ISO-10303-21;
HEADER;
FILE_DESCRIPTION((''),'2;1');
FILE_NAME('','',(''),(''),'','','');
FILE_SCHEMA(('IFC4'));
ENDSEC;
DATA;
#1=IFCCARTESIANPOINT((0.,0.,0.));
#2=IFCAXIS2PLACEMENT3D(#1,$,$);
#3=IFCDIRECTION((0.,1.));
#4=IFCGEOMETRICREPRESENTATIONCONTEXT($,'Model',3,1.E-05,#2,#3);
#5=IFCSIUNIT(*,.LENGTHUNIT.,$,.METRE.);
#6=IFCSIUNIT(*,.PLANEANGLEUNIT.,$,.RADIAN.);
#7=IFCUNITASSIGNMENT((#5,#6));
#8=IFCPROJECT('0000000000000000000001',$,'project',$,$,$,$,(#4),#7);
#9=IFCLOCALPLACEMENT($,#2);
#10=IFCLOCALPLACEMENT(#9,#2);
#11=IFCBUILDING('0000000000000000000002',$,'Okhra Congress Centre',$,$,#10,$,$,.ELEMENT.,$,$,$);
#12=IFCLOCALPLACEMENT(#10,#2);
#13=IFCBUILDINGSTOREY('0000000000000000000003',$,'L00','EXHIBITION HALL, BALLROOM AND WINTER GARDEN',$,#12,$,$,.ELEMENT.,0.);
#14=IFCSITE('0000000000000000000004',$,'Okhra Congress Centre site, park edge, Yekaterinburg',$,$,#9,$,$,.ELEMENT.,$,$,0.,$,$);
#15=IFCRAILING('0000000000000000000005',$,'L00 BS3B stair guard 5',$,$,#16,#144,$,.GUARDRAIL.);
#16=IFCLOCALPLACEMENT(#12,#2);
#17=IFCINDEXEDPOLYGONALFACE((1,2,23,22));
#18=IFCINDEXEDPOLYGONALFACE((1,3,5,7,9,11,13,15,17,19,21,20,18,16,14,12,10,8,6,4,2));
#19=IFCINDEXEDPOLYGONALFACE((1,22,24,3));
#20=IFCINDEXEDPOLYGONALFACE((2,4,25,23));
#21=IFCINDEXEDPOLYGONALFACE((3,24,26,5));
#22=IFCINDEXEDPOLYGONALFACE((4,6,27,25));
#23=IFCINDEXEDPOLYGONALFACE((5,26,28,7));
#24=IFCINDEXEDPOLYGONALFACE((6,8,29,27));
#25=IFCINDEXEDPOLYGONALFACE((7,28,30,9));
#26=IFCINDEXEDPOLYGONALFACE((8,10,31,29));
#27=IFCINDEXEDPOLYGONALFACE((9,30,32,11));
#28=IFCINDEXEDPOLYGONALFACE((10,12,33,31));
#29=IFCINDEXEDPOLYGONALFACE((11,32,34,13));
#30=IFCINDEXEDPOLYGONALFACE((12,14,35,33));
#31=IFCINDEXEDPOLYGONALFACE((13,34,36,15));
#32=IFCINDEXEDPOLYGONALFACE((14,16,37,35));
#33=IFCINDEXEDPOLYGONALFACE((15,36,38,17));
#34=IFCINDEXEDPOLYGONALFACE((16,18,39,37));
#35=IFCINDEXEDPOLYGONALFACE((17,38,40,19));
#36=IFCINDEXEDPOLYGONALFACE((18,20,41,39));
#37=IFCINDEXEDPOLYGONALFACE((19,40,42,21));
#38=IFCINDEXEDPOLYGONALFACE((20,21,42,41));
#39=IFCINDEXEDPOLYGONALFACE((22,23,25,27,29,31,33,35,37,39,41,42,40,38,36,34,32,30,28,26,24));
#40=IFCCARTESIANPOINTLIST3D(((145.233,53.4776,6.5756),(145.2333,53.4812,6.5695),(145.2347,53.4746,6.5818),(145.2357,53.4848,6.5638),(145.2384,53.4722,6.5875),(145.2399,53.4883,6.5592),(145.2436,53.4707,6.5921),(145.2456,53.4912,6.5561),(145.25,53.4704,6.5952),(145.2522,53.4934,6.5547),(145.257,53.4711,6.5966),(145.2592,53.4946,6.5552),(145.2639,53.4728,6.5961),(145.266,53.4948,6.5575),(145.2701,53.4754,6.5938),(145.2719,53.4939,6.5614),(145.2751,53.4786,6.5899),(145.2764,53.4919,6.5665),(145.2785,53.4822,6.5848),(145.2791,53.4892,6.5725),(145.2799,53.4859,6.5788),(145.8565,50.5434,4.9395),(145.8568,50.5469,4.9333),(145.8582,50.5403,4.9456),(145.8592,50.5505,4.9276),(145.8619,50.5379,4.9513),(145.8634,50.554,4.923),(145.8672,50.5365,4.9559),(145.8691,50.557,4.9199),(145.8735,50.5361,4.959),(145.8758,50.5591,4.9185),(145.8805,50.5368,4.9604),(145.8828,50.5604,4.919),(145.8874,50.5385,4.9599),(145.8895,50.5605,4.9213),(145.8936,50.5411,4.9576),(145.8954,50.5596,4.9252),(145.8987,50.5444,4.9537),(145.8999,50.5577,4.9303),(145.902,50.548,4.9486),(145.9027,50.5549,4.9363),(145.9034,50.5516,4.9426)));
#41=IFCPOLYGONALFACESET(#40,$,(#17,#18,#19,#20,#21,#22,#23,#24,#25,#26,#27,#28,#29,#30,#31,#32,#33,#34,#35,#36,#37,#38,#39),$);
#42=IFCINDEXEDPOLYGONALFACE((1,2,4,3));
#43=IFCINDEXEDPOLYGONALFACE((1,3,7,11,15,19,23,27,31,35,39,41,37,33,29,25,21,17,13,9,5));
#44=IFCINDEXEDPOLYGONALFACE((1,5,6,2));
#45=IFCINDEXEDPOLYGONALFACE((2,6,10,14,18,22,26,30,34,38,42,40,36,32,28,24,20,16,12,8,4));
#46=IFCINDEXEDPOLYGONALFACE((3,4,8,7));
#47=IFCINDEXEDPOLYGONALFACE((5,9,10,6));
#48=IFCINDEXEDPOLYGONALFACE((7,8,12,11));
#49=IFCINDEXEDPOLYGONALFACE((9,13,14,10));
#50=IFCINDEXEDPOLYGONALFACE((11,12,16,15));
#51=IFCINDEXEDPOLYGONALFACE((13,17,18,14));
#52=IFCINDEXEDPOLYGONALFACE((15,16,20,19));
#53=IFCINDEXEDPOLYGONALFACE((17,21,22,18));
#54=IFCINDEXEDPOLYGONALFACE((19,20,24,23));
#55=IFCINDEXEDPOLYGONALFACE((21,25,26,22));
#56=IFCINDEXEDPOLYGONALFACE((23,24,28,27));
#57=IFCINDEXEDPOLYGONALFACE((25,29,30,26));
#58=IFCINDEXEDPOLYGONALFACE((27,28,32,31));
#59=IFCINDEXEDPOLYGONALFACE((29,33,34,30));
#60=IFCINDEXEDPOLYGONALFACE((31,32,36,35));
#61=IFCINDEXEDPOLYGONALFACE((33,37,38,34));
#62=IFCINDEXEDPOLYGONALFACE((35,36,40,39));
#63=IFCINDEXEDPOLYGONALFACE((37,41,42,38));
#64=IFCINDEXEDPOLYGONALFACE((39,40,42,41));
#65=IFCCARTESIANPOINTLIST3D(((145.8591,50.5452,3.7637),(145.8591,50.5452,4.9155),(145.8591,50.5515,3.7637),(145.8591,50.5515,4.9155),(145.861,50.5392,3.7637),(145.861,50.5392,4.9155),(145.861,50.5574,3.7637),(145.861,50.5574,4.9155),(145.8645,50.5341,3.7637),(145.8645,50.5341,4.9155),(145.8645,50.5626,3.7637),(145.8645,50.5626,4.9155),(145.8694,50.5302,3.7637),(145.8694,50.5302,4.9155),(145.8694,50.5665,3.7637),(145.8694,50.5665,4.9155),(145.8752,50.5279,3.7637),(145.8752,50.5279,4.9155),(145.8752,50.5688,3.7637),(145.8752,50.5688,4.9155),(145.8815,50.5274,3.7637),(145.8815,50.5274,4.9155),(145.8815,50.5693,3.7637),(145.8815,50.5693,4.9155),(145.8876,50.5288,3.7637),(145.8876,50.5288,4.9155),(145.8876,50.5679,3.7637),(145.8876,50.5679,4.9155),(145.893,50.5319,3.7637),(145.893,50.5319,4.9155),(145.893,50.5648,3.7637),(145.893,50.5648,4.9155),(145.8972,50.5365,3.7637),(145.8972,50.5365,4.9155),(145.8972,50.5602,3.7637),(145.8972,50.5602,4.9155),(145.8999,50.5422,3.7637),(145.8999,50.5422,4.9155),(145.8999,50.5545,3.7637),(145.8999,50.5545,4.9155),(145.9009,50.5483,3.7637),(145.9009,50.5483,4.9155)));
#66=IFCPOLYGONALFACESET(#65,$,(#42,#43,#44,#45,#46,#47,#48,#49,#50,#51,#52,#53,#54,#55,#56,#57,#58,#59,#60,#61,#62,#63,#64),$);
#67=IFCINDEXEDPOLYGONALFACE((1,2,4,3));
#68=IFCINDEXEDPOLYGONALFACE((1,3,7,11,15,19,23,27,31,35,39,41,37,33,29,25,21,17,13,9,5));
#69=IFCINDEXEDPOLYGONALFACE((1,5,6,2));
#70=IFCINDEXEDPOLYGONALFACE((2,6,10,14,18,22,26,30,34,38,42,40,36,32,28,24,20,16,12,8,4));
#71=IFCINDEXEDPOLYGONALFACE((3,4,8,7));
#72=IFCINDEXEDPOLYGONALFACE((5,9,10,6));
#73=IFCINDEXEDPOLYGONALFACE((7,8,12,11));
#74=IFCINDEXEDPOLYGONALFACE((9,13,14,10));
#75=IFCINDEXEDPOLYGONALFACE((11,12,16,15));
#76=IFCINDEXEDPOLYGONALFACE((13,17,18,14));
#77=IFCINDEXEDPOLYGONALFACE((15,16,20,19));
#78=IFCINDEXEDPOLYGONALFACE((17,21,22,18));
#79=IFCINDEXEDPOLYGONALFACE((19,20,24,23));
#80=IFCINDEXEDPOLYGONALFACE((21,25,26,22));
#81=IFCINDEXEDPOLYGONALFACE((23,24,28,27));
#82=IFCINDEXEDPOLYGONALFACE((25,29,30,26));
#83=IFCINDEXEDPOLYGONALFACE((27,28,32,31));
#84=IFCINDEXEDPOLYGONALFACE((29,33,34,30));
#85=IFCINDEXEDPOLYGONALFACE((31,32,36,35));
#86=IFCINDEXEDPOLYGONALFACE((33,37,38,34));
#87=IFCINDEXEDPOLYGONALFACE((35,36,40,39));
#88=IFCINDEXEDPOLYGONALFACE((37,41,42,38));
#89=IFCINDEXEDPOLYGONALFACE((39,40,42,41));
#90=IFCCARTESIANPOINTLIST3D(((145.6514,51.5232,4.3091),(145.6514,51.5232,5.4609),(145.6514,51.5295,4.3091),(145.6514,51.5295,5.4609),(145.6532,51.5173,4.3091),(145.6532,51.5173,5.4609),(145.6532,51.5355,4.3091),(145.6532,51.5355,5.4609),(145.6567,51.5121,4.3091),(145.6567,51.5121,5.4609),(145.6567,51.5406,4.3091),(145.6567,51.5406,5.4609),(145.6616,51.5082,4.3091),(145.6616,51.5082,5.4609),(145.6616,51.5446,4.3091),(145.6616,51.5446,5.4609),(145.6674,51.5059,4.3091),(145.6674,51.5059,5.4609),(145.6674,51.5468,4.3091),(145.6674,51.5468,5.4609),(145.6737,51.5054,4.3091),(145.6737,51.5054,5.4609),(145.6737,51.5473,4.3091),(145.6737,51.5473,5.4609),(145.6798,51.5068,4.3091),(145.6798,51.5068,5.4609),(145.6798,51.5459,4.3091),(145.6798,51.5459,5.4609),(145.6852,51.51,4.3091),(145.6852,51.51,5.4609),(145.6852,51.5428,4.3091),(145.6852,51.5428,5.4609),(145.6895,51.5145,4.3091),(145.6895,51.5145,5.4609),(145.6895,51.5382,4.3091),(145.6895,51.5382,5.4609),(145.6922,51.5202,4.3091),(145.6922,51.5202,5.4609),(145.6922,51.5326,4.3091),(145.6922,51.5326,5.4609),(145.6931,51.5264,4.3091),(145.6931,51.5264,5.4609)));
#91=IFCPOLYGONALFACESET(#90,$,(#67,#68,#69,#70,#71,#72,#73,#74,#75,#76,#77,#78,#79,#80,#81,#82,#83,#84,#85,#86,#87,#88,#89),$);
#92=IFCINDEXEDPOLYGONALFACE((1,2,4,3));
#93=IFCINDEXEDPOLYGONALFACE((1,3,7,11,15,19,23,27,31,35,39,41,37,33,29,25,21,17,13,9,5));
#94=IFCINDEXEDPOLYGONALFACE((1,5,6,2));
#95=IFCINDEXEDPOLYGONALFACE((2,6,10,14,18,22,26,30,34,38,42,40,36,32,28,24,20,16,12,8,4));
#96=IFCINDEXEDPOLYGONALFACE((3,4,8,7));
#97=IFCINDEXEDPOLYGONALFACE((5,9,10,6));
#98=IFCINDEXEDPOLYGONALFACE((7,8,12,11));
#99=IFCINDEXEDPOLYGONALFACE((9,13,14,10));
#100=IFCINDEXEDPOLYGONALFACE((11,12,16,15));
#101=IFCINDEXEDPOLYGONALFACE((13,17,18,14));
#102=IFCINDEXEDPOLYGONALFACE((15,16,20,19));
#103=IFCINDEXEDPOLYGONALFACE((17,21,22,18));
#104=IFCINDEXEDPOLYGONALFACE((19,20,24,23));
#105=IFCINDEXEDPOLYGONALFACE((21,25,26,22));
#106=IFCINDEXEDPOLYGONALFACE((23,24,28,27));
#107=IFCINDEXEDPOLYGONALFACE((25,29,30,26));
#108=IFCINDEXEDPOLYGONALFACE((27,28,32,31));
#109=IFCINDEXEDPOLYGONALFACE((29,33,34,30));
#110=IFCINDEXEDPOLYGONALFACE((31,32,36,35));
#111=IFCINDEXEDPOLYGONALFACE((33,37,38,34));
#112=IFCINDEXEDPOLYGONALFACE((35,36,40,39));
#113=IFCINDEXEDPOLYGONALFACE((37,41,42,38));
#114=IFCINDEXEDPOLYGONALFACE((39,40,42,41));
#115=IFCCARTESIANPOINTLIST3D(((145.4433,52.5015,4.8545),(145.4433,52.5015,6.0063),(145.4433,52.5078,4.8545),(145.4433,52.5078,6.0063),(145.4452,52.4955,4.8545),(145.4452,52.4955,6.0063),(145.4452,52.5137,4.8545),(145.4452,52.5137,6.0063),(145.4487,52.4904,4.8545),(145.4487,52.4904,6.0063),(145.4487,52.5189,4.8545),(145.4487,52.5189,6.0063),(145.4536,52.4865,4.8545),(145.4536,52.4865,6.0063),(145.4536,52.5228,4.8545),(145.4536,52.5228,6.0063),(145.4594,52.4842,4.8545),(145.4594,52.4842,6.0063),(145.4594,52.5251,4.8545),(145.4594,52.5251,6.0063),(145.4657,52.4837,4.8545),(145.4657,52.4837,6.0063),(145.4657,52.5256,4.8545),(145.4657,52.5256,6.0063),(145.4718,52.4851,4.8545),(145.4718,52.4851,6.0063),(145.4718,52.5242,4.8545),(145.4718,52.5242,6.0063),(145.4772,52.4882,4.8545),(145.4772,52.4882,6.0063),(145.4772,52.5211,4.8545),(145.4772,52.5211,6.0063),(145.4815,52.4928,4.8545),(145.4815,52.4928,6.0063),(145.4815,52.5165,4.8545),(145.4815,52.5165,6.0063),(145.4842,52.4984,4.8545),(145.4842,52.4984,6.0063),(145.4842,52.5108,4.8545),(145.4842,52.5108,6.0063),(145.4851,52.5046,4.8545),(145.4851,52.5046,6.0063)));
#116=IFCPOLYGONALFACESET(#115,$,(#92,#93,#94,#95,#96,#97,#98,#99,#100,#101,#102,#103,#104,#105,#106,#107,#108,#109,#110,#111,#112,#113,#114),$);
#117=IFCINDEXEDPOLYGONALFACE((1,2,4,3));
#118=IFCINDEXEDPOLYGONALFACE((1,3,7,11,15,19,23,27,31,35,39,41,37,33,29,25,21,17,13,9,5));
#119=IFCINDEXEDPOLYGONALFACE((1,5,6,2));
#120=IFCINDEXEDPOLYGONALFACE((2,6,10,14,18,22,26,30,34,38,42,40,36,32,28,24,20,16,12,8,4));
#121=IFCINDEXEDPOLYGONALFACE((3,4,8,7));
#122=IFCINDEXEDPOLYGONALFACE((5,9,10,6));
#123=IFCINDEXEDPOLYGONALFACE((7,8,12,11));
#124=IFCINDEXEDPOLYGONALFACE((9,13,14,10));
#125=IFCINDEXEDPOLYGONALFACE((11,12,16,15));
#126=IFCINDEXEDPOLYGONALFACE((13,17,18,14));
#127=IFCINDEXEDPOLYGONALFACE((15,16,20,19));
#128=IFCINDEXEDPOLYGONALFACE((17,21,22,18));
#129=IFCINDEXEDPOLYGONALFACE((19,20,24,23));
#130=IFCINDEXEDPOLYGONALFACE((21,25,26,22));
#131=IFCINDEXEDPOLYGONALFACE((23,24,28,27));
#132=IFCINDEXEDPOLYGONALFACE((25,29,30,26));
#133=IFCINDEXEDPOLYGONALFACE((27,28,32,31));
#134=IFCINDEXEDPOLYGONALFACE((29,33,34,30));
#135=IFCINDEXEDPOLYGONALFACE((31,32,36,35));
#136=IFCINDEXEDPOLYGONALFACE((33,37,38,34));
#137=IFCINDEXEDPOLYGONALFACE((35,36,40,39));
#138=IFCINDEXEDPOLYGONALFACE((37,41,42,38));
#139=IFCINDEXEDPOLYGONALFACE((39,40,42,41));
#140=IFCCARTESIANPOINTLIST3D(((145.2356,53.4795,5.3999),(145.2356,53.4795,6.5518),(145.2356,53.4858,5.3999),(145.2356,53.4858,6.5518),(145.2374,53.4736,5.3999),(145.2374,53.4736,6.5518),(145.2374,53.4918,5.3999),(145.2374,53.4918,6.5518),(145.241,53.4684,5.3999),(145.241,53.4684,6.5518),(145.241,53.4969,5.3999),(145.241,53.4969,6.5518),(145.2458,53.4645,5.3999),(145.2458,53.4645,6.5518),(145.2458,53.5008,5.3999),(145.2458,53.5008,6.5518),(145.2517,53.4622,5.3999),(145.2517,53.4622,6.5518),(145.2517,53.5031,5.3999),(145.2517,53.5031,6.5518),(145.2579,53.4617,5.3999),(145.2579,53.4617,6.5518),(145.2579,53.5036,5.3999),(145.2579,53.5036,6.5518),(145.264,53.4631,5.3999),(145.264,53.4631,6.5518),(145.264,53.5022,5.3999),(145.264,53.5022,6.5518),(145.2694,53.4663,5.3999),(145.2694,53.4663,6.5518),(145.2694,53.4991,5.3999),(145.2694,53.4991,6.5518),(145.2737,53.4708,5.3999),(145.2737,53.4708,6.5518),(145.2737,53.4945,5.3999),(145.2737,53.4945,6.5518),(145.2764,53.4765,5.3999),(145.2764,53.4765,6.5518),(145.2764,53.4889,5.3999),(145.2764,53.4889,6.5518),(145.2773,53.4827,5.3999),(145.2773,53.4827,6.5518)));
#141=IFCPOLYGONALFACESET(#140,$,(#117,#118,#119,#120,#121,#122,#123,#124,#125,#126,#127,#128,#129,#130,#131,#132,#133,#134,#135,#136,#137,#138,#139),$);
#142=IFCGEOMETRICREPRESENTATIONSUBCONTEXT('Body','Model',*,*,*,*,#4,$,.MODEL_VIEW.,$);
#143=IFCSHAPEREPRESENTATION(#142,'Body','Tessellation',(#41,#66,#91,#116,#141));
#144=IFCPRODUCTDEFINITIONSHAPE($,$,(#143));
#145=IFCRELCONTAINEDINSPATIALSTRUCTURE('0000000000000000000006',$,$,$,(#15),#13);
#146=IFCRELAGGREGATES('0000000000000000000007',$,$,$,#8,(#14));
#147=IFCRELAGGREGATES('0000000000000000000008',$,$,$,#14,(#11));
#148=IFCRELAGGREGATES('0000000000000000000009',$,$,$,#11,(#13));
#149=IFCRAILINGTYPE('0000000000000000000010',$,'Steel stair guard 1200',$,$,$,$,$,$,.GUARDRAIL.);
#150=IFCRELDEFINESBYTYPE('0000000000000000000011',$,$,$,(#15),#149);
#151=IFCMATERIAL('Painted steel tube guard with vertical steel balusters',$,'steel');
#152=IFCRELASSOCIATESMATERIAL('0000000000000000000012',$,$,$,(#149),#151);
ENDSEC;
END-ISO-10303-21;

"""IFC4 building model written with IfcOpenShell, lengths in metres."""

from ifc_helpers import new_model, si_unit, direction, frame, origin, origin_2d, place, context, subcontext, project, spatial, circle, extrude, material, type_object, element, save


model = new_model("IFC4")

# Units and contexts
model_context = context("Model", 3, precision=1e-05, world=origin(), true_north=direction((0.0, 1.0)))
body_context = subcontext(model_context, "Body", "Model", "MODEL_VIEW")
ifc_project = project(units=[si_unit("LENGTHUNIT", "METRE"), si_unit("PLANEANGLEUNIT", "RADIAN")], contexts=[model_context])

# Site, building, storey
site_placement = place(None, origin())
site = spatial("IfcSite", under=ifc_project, at=site_placement, Name="Okhra Congress Centre site, park edge, Yekaterinburg", CompositionType="ELEMENT", RefElevation=0.0)
building_placement = place(site_placement, origin())
building = spatial("IfcBuilding", under=site, at=building_placement, Name="Okhra Congress Centre", CompositionType="ELEMENT")
storey_placement = place(building_placement, origin())
storey = spatial("IfcBuildingStorey", under=building, at=storey_placement, Name="L00", Description="EXHIBITION HALL, BALLROOM AND WINTER GARDEN", CompositionType="ELEMENT", Elevation=0.0)

# Railing
ifc_material_1 = material(Name="Painted steel tube guard with vertical steel balusters", Category="steel")
railing_type_1 = type_object("IfcRailingType", Name="Steel stair guard 1200", PredefinedType="GUARDRAIL", material=ifc_material_1)
railing_1_placement = place(storey_placement, frame((145.8799, 50.5483, 3.7637)))
element("IfcRailing", 1, at=railing_1_placement, inside=storey, type_object=railing_type_1, Name="L00 BS3B stair guard 5", PredefinedType="GUARDRAIL", context=body_context, shape_type="SweptSolid", body=[
    extrude(circle(Radius=0.0239, at=origin_2d()), frame((0.0, 0.0, 1.1758), z_axis=(-0.182477, 0.858728, 0.478841), x_axis=(-0.978159, -0.207856, 0.0)), (0.0, 0.0, 1.0), 3.417),
    extrude(circle(Radius=0.021, at=origin_2d()), origin(), (0.0, 0.0, 1.0), 1.1519),
    extrude(circle(Radius=0.021, at=origin_2d()), frame((-0.2078, 0.978, 0.5454)), (0.0, 0.0, 1.0), 1.1519),
    extrude(circle(Radius=0.021, at=origin_2d()), frame((-0.4158, 1.9563, 1.0908)), (0.0, 0.0, 1.0), 1.1519),
    extrude(circle(Radius=0.021, at=origin_2d()), frame((-0.6235, 2.9343, 1.6362)), (0.0, 0.0, 1.0), 1.1519),
])

save(model, "model.ifc")
